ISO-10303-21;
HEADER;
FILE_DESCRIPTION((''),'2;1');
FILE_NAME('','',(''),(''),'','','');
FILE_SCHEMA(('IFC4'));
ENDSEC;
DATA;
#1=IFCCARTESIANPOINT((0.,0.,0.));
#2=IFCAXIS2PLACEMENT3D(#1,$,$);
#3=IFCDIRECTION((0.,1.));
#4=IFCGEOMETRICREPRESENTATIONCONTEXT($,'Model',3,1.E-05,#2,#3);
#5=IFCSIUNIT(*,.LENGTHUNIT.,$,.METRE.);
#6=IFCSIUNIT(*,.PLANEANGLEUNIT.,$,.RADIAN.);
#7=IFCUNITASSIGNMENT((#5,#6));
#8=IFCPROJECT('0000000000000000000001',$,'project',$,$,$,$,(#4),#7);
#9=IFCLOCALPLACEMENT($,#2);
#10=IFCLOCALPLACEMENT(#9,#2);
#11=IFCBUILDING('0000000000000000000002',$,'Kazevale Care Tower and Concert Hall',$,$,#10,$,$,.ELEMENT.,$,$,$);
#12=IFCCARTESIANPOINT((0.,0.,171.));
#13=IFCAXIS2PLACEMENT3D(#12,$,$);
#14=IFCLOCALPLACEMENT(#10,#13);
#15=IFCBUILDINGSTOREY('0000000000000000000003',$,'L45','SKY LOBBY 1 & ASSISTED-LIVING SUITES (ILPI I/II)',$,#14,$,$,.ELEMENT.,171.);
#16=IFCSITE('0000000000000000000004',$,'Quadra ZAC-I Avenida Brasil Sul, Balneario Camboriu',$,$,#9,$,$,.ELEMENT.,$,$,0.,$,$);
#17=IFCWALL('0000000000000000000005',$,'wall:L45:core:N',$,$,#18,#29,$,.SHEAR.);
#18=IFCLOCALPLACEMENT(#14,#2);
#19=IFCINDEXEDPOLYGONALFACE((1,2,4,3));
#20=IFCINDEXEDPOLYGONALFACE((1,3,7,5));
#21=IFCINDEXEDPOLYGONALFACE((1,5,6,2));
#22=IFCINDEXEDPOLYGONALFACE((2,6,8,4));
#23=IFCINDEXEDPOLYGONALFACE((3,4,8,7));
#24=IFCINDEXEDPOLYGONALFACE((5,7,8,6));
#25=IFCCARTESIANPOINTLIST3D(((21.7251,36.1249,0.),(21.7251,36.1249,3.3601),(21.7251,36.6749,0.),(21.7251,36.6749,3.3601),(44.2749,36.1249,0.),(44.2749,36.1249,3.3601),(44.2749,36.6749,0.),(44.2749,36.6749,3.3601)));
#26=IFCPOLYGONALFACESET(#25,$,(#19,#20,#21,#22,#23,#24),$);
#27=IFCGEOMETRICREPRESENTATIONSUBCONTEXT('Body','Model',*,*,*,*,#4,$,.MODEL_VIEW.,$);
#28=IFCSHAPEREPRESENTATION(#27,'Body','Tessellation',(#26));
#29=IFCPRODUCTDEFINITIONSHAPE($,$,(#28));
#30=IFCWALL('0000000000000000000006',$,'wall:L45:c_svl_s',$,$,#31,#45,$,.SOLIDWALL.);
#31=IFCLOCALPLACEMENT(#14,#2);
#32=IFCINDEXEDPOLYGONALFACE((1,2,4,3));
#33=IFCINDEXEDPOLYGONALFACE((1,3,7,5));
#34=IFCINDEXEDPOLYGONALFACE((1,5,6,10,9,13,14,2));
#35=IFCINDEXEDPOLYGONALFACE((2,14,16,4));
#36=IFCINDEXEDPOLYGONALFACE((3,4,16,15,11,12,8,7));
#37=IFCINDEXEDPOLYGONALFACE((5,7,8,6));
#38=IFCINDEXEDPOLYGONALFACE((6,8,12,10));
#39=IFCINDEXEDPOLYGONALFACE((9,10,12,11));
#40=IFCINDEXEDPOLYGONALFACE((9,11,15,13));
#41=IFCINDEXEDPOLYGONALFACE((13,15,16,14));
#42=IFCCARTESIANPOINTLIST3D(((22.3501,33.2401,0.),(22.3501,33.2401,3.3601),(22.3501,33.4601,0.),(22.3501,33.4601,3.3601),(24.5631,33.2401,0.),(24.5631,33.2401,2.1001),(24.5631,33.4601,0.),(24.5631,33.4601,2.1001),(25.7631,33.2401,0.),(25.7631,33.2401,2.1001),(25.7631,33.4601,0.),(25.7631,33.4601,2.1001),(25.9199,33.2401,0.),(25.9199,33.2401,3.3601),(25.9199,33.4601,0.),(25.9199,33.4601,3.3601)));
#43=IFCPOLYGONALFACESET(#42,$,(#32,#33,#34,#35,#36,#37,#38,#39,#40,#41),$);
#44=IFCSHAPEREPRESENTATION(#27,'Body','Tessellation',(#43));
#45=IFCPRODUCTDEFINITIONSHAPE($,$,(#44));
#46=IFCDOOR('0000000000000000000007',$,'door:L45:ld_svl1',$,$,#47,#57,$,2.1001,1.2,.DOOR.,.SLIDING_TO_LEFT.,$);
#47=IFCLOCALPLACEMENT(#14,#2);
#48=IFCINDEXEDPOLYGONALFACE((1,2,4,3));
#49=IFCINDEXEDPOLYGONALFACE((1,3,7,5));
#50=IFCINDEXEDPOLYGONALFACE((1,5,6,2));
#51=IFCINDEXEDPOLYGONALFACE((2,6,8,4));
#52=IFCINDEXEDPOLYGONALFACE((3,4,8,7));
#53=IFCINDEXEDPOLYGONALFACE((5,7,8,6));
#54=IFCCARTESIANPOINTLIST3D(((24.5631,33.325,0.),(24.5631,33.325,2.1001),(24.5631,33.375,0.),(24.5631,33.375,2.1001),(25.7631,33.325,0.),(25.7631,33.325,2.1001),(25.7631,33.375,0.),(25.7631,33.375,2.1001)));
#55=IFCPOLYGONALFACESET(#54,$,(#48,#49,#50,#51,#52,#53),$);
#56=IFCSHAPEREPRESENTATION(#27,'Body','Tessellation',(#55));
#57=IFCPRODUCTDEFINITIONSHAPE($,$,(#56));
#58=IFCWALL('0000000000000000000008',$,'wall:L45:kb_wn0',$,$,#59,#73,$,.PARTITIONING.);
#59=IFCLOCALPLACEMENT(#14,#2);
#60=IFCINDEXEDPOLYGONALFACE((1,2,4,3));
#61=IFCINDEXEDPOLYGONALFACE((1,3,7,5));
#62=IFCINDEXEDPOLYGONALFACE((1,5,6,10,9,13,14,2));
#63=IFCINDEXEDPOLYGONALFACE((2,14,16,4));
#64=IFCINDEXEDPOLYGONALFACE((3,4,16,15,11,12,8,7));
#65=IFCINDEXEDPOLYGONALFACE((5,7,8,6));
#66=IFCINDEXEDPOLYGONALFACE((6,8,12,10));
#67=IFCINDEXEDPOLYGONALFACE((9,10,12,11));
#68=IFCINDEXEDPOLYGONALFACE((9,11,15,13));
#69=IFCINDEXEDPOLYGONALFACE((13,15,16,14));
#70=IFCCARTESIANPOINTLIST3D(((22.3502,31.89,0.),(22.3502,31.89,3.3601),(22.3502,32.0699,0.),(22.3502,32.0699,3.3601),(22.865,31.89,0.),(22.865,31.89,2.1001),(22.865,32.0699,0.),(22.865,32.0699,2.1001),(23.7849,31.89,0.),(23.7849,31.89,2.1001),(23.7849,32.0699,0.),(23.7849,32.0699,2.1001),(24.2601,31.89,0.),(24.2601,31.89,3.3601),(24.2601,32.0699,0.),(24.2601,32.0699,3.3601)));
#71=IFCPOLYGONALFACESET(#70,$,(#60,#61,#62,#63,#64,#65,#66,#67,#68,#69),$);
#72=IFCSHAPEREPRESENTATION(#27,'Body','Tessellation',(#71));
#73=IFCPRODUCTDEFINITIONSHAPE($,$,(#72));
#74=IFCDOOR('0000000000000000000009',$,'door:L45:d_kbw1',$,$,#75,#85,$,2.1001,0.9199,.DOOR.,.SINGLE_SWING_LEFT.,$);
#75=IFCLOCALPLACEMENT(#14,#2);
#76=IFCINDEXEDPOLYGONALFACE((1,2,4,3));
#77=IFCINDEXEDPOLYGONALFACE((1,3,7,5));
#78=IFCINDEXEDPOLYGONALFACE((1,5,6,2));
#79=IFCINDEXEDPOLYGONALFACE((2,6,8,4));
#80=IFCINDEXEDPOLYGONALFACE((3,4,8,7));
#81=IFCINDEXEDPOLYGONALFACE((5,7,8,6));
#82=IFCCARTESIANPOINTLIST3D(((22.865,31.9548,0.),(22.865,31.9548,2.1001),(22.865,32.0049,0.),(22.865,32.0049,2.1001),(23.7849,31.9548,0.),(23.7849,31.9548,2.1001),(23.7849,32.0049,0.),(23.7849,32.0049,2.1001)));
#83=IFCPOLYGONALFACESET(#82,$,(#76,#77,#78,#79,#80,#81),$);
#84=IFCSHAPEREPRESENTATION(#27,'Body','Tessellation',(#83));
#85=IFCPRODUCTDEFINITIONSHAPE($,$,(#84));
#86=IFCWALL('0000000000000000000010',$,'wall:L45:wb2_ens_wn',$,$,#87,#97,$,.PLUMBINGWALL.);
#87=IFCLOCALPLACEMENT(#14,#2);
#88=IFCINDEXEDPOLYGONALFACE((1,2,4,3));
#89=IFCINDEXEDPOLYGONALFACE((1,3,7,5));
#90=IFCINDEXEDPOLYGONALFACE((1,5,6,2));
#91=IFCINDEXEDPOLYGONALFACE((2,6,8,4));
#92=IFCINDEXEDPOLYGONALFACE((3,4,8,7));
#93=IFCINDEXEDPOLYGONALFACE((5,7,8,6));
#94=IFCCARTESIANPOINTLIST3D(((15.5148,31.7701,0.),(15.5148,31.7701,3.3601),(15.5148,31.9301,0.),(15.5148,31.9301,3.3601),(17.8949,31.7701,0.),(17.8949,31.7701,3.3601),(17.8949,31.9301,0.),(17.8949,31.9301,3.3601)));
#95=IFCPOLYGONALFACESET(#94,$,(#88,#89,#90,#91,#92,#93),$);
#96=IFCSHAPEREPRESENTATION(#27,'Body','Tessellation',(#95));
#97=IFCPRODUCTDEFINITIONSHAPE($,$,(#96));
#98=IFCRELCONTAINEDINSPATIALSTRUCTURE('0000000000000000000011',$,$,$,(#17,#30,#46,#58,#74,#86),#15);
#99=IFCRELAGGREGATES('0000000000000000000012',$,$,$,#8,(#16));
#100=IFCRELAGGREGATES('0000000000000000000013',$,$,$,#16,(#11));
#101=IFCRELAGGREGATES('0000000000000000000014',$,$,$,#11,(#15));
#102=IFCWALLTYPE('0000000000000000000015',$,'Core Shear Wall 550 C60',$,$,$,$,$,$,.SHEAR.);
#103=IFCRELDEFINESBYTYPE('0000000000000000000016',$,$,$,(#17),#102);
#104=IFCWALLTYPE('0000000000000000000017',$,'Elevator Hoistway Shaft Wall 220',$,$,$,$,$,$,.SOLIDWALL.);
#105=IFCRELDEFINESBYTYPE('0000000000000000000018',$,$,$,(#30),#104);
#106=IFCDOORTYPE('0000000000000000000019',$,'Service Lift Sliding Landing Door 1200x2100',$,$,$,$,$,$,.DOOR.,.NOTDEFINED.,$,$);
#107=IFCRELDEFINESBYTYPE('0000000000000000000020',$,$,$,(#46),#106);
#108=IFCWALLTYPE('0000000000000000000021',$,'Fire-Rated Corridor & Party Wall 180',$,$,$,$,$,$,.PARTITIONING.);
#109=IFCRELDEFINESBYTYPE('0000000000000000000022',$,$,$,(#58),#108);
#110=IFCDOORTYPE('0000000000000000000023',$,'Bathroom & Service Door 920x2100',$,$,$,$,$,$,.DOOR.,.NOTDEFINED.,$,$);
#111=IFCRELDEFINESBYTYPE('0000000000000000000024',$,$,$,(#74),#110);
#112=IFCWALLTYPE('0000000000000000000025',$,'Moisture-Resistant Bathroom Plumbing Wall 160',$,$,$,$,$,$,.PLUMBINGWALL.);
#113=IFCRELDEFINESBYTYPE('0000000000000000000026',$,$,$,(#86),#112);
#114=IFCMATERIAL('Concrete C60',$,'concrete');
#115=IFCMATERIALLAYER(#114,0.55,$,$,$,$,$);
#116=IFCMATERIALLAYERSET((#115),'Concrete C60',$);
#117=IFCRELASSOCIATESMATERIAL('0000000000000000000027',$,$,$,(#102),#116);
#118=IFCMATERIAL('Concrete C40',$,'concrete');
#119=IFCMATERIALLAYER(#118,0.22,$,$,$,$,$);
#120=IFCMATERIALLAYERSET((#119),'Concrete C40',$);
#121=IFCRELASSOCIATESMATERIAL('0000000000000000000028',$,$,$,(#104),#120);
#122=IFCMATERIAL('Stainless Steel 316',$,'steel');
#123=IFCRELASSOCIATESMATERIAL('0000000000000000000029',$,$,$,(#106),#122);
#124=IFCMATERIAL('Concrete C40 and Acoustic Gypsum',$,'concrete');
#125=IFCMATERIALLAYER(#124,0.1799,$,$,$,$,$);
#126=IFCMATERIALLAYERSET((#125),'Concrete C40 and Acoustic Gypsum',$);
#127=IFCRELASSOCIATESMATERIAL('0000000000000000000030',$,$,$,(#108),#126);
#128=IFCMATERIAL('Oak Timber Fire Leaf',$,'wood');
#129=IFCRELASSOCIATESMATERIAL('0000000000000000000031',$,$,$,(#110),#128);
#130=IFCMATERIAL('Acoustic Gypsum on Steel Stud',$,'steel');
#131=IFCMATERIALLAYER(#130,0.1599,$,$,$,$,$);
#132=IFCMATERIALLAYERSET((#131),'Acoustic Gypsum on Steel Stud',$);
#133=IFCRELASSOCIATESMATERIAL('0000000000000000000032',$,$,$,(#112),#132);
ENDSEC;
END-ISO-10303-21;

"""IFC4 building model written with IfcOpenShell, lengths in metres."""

from ifc_helpers import new_model, si_unit, direction, frame, frame_2d, origin, place, context, subcontext, project, spatial, rectangle, extrude, material, layer, layer_set, type_object, element, fill, save


model = new_model("IFC4")

# Units and contexts
model_context = context("Model", 3, precision=1e-05, world=origin(), true_north=direction((0.0, 1.0)))
body_context = subcontext(model_context, "Body", "Model", "MODEL_VIEW")
ifc_project = project(units=[si_unit("LENGTHUNIT", "METRE"), si_unit("PLANEANGLEUNIT", "RADIAN")], contexts=[model_context])

# Site, building, storey
site_placement = place(None, origin())
site = spatial("IfcSite", under=ifc_project, at=site_placement, Name="Quadra ZAC-I Avenida Brasil Sul, Balneario Camboriu", CompositionType="ELEMENT", RefElevation=0.0)
building_placement = place(site_placement, origin())
building = spatial("IfcBuilding", under=site, at=building_placement, Name="Kazevale Care Tower and Concert Hall", CompositionType="ELEMENT")
storey_placement = place(building_placement, frame((0.0, 0.0, 171.0)))
storey = spatial("IfcBuildingStorey", under=building, at=storey_placement, Name="L45", Description="SKY LOBBY 1 & ASSISTED-LIVING SUITES (ILPI I/II)", CompositionType="ELEMENT", Elevation=171.0)

# Shared definitions
ifc_material_1 = material(Name="Concrete C60", Category="concrete")

# Wall
ifc_layer_1 = layer(ifc_material_1, 0.55)
ifc_layer_set_1 = layer_set([ifc_layer_1], Name="Concrete C60")
wall_type_1 = type_object("IfcWallType", Name="Core Shear Wall 550 C60", PredefinedType="SHEAR", material=ifc_layer_set_1)
wall_1_placement = place(storey_placement, frame((21.7251, 36.3999, 0.0), z_axis=(0.0, 0.0, 1.0), x_axis=(1.0, 0.0, 0.0)))
element("IfcWall", 1, at=wall_1_placement, inside=storey, type_object=wall_type_1, Name="wall:L45:core:N", PredefinedType="SHEAR", context=body_context, shape_type="SweptSolid", body=[
    extrude(rectangle(XDim=22.5498, YDim=0.55, at=frame_2d((11.2749, 0.0))), origin(), (0.0, 0.0, 1.0), 3.3601),
])

# Walls, openings, doors
ifc_material_2 = material(Name="Concrete C40", Category="concrete")
ifc_layer_2 = layer(ifc_material_2, 0.22)
ifc_layer_set_2 = layer_set([ifc_layer_2], Name="Concrete C40")
wall_type_2 = type_object("IfcWallType", Name="Elevator Hoistway Shaft Wall 220", PredefinedType="SOLIDWALL", material=ifc_layer_set_2)
wall_2_placement = place(storey_placement, frame((22.3501, 33.3501, 0.0), z_axis=(0.0, 0.0, 1.0), x_axis=(1.0, 0.0, 0.0)))
wall_2 = element("IfcWall", 2, at=wall_2_placement, inside=storey, type_object=wall_type_2, Name="wall:L45:c_svl_s", PredefinedType="SOLIDWALL", context=body_context, shape_type="SweptSolid", body=[
    extrude(rectangle(XDim=3.5698, YDim=0.22, at=frame_2d((1.7849, 0.0))), origin(), (0.0, 0.0, 1.0), 3.3601),
])
opening_1_placement = place(wall_2_placement, frame((2.2129, 0.0, 0.0)))
opening_1 = element("IfcOpeningElement", 3, at=opening_1_placement, cuts=wall_2, PredefinedType="OPENING", context=body_context, shape_type="SweptSolid", body=[
    extrude(rectangle(XDim=1.2, YDim=2.1001, at=frame_2d((0.6001, 1.05))), frame((0.0, 0.1199, 0.0), z_axis=(0.0, -1.0, 0.0), x_axis=(1.0, 0.0, 0.0)), (0.0, 0.0, 1.0), 0.24),
])
ifc_material_3 = material(Name="Stainless Steel 316", Category="steel")
door_type_1 = type_object("IfcDoorType", Name="Service Lift Sliding Landing Door 1200x2100", OperationType="NOTDEFINED", PredefinedType="DOOR", material=ifc_material_3)
door_1_placement = place(opening_1_placement, origin())
door_1 = element("IfcDoor", 4, at=door_1_placement, inside=storey, type_object=door_type_1, Name="door:L45:ld_svl1", OperationType="SLIDING_TO_LEFT", OverallHeight=2.1001, OverallWidth=1.2, PredefinedType="DOOR", context=body_context, shape_type="SweptSolid", body=[
    extrude(rectangle(XDim=1.2, YDim=2.1001, at=frame_2d((0.6001, 1.05))), frame((0.0, 0.0249, 0.0), z_axis=(0.0, -1.0, 0.0), x_axis=(1.0, 0.0, 0.0)), (0.0, 0.0, 1.0), 0.05),
])
fill(opening_1, door_1)
ifc_material_4 = material(Name="Concrete C40 and Acoustic Gypsum", Category="concrete")
ifc_layer_3 = layer(ifc_material_4, 0.1799)
ifc_layer_set_3 = layer_set([ifc_layer_3], Name="Concrete C40 and Acoustic Gypsum")
wall_type_3 = type_object("IfcWallType", Name="Fire-Rated Corridor & Party Wall 180", PredefinedType="PARTITIONING", material=ifc_layer_set_3)
wall_3_placement = place(storey_placement, frame((22.3501, 31.98, 0.0), z_axis=(0.0, 0.0, 1.0), x_axis=(1.0, 0.0, 0.0)))
wall_3 = element("IfcWall", 5, at=wall_3_placement, inside=storey, type_object=wall_type_3, Name="wall:L45:kb_wn0", PredefinedType="PARTITIONING", context=body_context, shape_type="SweptSolid", body=[
    extrude(rectangle(XDim=1.9099, YDim=0.1799, at=frame_2d((0.9551, 0.0))), origin(), (0.0, 0.0, 1.0), 3.3601),
])
opening_2_placement = place(wall_3_placement, frame((0.5149, 0.0, 0.0)))
opening_2 = element("IfcOpeningElement", 6, at=opening_2_placement, cuts=wall_3, PredefinedType="OPENING", context=body_context, shape_type="SweptSolid", body=[
    extrude(rectangle(XDim=0.9199, YDim=2.1001, at=frame_2d((0.46, 1.05))), frame((0.0, 0.0999, 0.0), z_axis=(0.0, -1.0, 0.0), x_axis=(1.0, 0.0, 0.0)), (0.0, 0.0, 1.0), 0.2),
])
ifc_material_5 = material(Name="Oak Timber Fire Leaf", Category="wood")
door_type_2 = type_object("IfcDoorType", Name="Bathroom & Service Door 920x2100", OperationType="NOTDEFINED", PredefinedType="DOOR", material=ifc_material_5)
door_2_placement = place(opening_2_placement, origin())
door_2 = element("IfcDoor", 7, at=door_2_placement, inside=storey, type_object=door_type_2, Name="door:L45:d_kbw1", OperationType="SINGLE_SWING_LEFT", OverallHeight=2.1001, OverallWidth=0.9199, PredefinedType="DOOR", context=body_context, shape_type="SweptSolid", body=[
    extrude(rectangle(XDim=0.9199, YDim=2.1001, at=frame_2d((0.46, 1.05))), frame((0.0, 0.0249, 0.0), z_axis=(0.0, -1.0, 0.0), x_axis=(1.0, 0.0, 0.0)), (0.0, 0.0, 1.0), 0.05),
])
fill(opening_2, door_2)

# Wall
ifc_material_6 = material(Name="Acoustic Gypsum on Steel Stud", Category="steel")
ifc_layer_4 = layer(ifc_material_6, 0.1599)
ifc_layer_set_4 = layer_set([ifc_layer_4], Name="Acoustic Gypsum on Steel Stud")
wall_type_4 = type_object("IfcWallType", Name="Moisture-Resistant Bathroom Plumbing Wall 160", PredefinedType="PLUMBINGWALL", material=ifc_layer_set_4)
wall_4_placement = place(storey_placement, frame((15.5149, 31.8501, 0.0), z_axis=(0.0, 0.0, 1.0), x_axis=(1.0, 0.0, 0.0)))
element("IfcWall", 8, at=wall_4_placement, inside=storey, type_object=wall_type_4, Name="wall:L45:wb2_ens_wn", PredefinedType="PLUMBINGWALL", context=body_context, shape_type="SweptSolid", body=[
    extrude(rectangle(XDim=2.3801, YDim=0.1599, at=frame_2d((1.1899, 0.0))), origin(), (0.0, 0.0, 1.0), 3.3601),
])

save(model, "model.ifc")
